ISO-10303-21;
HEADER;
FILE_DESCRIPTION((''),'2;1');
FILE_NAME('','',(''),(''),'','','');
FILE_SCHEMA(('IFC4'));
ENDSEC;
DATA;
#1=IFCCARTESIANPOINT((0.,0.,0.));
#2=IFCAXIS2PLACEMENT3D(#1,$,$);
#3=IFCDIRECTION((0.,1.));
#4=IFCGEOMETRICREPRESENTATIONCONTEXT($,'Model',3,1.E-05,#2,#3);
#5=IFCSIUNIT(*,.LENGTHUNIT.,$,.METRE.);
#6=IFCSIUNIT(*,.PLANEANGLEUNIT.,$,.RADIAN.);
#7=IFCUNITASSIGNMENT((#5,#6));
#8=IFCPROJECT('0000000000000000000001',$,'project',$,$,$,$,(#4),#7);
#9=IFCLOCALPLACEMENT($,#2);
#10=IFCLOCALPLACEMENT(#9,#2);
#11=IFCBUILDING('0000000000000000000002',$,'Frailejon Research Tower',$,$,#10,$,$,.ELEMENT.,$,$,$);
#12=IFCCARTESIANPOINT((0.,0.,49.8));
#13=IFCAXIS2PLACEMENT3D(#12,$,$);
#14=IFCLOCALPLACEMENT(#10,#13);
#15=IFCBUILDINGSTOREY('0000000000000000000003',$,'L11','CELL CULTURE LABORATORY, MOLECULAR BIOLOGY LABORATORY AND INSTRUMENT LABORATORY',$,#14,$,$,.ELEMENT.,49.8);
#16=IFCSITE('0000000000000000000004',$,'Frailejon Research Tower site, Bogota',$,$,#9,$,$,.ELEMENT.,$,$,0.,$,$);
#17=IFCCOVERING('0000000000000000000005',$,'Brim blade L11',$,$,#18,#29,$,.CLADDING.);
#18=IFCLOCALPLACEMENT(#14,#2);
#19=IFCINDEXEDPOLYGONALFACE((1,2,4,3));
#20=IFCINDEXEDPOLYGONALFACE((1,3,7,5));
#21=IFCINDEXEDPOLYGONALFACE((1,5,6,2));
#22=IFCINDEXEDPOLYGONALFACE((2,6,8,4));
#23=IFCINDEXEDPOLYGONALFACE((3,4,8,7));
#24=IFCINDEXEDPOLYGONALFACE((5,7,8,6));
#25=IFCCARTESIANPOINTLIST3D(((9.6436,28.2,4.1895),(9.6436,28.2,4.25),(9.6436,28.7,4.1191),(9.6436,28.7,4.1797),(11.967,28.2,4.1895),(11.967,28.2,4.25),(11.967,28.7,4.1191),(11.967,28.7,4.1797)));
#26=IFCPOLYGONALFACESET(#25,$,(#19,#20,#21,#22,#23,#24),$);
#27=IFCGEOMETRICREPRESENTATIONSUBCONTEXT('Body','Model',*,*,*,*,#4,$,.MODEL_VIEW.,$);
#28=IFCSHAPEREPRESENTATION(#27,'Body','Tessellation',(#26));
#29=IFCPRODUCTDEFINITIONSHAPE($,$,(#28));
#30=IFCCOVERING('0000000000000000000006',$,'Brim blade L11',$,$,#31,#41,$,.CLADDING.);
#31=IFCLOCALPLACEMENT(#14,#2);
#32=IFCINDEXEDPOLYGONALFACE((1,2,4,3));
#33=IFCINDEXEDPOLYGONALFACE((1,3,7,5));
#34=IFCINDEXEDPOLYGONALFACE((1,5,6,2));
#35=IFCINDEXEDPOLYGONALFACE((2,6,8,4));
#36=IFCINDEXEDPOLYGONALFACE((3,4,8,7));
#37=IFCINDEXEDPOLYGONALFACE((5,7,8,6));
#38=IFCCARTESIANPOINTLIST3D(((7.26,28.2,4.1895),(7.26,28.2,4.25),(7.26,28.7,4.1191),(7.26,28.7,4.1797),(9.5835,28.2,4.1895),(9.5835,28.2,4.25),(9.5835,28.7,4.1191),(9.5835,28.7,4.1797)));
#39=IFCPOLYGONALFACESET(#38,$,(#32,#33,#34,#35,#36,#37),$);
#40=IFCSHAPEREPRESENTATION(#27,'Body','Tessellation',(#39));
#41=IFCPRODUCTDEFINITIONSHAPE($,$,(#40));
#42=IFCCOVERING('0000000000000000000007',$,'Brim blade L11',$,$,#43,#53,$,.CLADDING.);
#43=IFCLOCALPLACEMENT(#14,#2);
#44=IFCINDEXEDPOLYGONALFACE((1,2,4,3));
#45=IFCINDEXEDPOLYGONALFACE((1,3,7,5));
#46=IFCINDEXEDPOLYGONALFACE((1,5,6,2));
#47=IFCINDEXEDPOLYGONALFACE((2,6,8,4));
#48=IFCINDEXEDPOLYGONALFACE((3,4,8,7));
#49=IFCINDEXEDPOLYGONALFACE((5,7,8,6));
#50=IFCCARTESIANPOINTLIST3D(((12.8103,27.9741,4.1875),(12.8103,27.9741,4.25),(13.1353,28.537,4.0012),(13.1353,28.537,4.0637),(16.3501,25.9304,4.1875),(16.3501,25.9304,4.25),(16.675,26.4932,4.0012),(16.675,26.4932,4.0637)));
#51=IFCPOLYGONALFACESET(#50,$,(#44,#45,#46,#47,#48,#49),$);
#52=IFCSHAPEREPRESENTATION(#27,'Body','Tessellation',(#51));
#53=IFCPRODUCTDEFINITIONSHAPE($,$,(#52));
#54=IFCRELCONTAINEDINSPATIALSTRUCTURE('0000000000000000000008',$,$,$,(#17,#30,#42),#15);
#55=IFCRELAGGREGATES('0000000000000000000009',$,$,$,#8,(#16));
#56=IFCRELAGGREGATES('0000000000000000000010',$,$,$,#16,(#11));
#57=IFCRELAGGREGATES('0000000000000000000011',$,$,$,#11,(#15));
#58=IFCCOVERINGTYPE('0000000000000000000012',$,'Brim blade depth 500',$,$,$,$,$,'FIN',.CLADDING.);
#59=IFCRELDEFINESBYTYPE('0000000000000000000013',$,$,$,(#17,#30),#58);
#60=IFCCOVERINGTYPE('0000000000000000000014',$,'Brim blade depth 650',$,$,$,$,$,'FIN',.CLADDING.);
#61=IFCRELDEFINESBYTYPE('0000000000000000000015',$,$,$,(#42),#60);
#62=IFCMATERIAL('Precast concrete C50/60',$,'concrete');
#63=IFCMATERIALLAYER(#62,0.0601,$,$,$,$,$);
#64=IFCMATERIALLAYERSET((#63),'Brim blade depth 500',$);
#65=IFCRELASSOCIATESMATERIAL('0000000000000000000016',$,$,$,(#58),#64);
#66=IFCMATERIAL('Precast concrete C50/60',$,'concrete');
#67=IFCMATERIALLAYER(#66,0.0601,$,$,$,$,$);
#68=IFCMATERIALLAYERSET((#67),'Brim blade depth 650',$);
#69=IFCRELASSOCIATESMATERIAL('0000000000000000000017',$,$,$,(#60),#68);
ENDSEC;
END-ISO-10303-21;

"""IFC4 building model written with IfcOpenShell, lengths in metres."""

from ifc_helpers import new_model, si_unit, direction, frame, origin, place, context, subcontext, project, spatial, polyline, outline, extrude, material, layer, layer_set, type_object, element, save


model = new_model("IFC4")

# Units and contexts
model_context = context("Model", 3, precision=1e-05, world=origin(), true_north=direction((0.0, 1.0)))
body_context = subcontext(model_context, "Body", "Model", "MODEL_VIEW")
ifc_project = project(units=[si_unit("LENGTHUNIT", "METRE"), si_unit("PLANEANGLEUNIT", "RADIAN")], contexts=[model_context])

# Site, building, storey
site_placement = place(None, origin())
site = spatial("IfcSite", under=ifc_project, at=site_placement, Name="Frailejon Research Tower site, Bogota", CompositionType="ELEMENT", RefElevation=0.0)
building_placement = place(site_placement, origin())
building = spatial("IfcBuilding", under=site, at=building_placement, Name="Frailejon Research Tower", CompositionType="ELEMENT")
storey_placement = place(building_placement, frame((0.0, 0.0, 49.8)))
storey = spatial("IfcBuildingStorey", under=building, at=storey_placement, Name="L11", Description="CELL CULTURE LABORATORY, MOLECULAR BIOLOGY LABORATORY AND INSTRUMENT LABORATORY", CompositionType="ELEMENT", Elevation=49.8)

# Coverings
ifc_material_1 = material(Name="Precast concrete C50/60", Category="concrete")
ifc_layer_1 = layer(ifc_material_1, 0.0601)
ifc_layer_set_1 = layer_set([ifc_layer_1], Name="Brim blade depth 500")
covering_type_1 = type_object("IfcCoveringType", Name="Brim blade depth 500", ElementType="FIN", PredefinedType="CLADDING", material=ifc_layer_set_1)
for number, where, z_axis, x_axis, name in (
    (1, (9.6436, 28.2, 4.25), (1.0, 0.0, 0.0), (0.0, 1.0, 0.0), "Brim blade L11"),
    (2, (7.26, 28.2, 4.25), (1.0, 0.0, 0.0), (0.0, 1.0, 0.0), "Brim blade L11"),
):
    element("IfcCovering", number, at=place(storey_placement, frame(where, z_axis=z_axis, x_axis=x_axis)), inside=storey, type_object=covering_type_1, Name=name, PredefinedType="CLADDING", context=body_context, shape_type="SweptSolid", body=[
        extrude(outline(polyline([(0.0, -0.0605), (0.5, -0.1309), (0.5, -0.0703), (0.0, 0.0), (0.0, -0.0605)])), origin(), (0.0, 0.0, 1.0), 2.3235),
    ])
ifc_material_2 = material(Name="Precast concrete C50/60", Category="concrete")
ifc_layer_2 = layer(ifc_material_2, 0.0601)
ifc_layer_set_2 = layer_set([ifc_layer_2], Name="Brim blade depth 650")
covering_type_2 = type_object("IfcCoveringType", Name="Brim blade depth 650", ElementType="FIN", PredefinedType="CLADDING", material=ifc_layer_set_2)
covering_placement = place(storey_placement, frame((12.8103, 27.9741, 4.25), z_axis=(0.866021, -0.500007, 0.0), x_axis=(0.500007, 0.866021, 0.0)))
element("IfcCovering", 3, at=covering_placement, inside=storey, type_object=covering_type_2, Name="Brim blade L11", PredefinedType="CLADDING", context=body_context, shape_type="SweptSolid", body=[
    extrude(outline(polyline([(0.0, -0.0625), (0.6499, -0.2488), (0.6499, -0.1863), (0.0, 0.0), (0.0, -0.0625)])), origin(), (0.0, 0.0, 1.0), 4.0874),
])

save(model, "model.ifc")
